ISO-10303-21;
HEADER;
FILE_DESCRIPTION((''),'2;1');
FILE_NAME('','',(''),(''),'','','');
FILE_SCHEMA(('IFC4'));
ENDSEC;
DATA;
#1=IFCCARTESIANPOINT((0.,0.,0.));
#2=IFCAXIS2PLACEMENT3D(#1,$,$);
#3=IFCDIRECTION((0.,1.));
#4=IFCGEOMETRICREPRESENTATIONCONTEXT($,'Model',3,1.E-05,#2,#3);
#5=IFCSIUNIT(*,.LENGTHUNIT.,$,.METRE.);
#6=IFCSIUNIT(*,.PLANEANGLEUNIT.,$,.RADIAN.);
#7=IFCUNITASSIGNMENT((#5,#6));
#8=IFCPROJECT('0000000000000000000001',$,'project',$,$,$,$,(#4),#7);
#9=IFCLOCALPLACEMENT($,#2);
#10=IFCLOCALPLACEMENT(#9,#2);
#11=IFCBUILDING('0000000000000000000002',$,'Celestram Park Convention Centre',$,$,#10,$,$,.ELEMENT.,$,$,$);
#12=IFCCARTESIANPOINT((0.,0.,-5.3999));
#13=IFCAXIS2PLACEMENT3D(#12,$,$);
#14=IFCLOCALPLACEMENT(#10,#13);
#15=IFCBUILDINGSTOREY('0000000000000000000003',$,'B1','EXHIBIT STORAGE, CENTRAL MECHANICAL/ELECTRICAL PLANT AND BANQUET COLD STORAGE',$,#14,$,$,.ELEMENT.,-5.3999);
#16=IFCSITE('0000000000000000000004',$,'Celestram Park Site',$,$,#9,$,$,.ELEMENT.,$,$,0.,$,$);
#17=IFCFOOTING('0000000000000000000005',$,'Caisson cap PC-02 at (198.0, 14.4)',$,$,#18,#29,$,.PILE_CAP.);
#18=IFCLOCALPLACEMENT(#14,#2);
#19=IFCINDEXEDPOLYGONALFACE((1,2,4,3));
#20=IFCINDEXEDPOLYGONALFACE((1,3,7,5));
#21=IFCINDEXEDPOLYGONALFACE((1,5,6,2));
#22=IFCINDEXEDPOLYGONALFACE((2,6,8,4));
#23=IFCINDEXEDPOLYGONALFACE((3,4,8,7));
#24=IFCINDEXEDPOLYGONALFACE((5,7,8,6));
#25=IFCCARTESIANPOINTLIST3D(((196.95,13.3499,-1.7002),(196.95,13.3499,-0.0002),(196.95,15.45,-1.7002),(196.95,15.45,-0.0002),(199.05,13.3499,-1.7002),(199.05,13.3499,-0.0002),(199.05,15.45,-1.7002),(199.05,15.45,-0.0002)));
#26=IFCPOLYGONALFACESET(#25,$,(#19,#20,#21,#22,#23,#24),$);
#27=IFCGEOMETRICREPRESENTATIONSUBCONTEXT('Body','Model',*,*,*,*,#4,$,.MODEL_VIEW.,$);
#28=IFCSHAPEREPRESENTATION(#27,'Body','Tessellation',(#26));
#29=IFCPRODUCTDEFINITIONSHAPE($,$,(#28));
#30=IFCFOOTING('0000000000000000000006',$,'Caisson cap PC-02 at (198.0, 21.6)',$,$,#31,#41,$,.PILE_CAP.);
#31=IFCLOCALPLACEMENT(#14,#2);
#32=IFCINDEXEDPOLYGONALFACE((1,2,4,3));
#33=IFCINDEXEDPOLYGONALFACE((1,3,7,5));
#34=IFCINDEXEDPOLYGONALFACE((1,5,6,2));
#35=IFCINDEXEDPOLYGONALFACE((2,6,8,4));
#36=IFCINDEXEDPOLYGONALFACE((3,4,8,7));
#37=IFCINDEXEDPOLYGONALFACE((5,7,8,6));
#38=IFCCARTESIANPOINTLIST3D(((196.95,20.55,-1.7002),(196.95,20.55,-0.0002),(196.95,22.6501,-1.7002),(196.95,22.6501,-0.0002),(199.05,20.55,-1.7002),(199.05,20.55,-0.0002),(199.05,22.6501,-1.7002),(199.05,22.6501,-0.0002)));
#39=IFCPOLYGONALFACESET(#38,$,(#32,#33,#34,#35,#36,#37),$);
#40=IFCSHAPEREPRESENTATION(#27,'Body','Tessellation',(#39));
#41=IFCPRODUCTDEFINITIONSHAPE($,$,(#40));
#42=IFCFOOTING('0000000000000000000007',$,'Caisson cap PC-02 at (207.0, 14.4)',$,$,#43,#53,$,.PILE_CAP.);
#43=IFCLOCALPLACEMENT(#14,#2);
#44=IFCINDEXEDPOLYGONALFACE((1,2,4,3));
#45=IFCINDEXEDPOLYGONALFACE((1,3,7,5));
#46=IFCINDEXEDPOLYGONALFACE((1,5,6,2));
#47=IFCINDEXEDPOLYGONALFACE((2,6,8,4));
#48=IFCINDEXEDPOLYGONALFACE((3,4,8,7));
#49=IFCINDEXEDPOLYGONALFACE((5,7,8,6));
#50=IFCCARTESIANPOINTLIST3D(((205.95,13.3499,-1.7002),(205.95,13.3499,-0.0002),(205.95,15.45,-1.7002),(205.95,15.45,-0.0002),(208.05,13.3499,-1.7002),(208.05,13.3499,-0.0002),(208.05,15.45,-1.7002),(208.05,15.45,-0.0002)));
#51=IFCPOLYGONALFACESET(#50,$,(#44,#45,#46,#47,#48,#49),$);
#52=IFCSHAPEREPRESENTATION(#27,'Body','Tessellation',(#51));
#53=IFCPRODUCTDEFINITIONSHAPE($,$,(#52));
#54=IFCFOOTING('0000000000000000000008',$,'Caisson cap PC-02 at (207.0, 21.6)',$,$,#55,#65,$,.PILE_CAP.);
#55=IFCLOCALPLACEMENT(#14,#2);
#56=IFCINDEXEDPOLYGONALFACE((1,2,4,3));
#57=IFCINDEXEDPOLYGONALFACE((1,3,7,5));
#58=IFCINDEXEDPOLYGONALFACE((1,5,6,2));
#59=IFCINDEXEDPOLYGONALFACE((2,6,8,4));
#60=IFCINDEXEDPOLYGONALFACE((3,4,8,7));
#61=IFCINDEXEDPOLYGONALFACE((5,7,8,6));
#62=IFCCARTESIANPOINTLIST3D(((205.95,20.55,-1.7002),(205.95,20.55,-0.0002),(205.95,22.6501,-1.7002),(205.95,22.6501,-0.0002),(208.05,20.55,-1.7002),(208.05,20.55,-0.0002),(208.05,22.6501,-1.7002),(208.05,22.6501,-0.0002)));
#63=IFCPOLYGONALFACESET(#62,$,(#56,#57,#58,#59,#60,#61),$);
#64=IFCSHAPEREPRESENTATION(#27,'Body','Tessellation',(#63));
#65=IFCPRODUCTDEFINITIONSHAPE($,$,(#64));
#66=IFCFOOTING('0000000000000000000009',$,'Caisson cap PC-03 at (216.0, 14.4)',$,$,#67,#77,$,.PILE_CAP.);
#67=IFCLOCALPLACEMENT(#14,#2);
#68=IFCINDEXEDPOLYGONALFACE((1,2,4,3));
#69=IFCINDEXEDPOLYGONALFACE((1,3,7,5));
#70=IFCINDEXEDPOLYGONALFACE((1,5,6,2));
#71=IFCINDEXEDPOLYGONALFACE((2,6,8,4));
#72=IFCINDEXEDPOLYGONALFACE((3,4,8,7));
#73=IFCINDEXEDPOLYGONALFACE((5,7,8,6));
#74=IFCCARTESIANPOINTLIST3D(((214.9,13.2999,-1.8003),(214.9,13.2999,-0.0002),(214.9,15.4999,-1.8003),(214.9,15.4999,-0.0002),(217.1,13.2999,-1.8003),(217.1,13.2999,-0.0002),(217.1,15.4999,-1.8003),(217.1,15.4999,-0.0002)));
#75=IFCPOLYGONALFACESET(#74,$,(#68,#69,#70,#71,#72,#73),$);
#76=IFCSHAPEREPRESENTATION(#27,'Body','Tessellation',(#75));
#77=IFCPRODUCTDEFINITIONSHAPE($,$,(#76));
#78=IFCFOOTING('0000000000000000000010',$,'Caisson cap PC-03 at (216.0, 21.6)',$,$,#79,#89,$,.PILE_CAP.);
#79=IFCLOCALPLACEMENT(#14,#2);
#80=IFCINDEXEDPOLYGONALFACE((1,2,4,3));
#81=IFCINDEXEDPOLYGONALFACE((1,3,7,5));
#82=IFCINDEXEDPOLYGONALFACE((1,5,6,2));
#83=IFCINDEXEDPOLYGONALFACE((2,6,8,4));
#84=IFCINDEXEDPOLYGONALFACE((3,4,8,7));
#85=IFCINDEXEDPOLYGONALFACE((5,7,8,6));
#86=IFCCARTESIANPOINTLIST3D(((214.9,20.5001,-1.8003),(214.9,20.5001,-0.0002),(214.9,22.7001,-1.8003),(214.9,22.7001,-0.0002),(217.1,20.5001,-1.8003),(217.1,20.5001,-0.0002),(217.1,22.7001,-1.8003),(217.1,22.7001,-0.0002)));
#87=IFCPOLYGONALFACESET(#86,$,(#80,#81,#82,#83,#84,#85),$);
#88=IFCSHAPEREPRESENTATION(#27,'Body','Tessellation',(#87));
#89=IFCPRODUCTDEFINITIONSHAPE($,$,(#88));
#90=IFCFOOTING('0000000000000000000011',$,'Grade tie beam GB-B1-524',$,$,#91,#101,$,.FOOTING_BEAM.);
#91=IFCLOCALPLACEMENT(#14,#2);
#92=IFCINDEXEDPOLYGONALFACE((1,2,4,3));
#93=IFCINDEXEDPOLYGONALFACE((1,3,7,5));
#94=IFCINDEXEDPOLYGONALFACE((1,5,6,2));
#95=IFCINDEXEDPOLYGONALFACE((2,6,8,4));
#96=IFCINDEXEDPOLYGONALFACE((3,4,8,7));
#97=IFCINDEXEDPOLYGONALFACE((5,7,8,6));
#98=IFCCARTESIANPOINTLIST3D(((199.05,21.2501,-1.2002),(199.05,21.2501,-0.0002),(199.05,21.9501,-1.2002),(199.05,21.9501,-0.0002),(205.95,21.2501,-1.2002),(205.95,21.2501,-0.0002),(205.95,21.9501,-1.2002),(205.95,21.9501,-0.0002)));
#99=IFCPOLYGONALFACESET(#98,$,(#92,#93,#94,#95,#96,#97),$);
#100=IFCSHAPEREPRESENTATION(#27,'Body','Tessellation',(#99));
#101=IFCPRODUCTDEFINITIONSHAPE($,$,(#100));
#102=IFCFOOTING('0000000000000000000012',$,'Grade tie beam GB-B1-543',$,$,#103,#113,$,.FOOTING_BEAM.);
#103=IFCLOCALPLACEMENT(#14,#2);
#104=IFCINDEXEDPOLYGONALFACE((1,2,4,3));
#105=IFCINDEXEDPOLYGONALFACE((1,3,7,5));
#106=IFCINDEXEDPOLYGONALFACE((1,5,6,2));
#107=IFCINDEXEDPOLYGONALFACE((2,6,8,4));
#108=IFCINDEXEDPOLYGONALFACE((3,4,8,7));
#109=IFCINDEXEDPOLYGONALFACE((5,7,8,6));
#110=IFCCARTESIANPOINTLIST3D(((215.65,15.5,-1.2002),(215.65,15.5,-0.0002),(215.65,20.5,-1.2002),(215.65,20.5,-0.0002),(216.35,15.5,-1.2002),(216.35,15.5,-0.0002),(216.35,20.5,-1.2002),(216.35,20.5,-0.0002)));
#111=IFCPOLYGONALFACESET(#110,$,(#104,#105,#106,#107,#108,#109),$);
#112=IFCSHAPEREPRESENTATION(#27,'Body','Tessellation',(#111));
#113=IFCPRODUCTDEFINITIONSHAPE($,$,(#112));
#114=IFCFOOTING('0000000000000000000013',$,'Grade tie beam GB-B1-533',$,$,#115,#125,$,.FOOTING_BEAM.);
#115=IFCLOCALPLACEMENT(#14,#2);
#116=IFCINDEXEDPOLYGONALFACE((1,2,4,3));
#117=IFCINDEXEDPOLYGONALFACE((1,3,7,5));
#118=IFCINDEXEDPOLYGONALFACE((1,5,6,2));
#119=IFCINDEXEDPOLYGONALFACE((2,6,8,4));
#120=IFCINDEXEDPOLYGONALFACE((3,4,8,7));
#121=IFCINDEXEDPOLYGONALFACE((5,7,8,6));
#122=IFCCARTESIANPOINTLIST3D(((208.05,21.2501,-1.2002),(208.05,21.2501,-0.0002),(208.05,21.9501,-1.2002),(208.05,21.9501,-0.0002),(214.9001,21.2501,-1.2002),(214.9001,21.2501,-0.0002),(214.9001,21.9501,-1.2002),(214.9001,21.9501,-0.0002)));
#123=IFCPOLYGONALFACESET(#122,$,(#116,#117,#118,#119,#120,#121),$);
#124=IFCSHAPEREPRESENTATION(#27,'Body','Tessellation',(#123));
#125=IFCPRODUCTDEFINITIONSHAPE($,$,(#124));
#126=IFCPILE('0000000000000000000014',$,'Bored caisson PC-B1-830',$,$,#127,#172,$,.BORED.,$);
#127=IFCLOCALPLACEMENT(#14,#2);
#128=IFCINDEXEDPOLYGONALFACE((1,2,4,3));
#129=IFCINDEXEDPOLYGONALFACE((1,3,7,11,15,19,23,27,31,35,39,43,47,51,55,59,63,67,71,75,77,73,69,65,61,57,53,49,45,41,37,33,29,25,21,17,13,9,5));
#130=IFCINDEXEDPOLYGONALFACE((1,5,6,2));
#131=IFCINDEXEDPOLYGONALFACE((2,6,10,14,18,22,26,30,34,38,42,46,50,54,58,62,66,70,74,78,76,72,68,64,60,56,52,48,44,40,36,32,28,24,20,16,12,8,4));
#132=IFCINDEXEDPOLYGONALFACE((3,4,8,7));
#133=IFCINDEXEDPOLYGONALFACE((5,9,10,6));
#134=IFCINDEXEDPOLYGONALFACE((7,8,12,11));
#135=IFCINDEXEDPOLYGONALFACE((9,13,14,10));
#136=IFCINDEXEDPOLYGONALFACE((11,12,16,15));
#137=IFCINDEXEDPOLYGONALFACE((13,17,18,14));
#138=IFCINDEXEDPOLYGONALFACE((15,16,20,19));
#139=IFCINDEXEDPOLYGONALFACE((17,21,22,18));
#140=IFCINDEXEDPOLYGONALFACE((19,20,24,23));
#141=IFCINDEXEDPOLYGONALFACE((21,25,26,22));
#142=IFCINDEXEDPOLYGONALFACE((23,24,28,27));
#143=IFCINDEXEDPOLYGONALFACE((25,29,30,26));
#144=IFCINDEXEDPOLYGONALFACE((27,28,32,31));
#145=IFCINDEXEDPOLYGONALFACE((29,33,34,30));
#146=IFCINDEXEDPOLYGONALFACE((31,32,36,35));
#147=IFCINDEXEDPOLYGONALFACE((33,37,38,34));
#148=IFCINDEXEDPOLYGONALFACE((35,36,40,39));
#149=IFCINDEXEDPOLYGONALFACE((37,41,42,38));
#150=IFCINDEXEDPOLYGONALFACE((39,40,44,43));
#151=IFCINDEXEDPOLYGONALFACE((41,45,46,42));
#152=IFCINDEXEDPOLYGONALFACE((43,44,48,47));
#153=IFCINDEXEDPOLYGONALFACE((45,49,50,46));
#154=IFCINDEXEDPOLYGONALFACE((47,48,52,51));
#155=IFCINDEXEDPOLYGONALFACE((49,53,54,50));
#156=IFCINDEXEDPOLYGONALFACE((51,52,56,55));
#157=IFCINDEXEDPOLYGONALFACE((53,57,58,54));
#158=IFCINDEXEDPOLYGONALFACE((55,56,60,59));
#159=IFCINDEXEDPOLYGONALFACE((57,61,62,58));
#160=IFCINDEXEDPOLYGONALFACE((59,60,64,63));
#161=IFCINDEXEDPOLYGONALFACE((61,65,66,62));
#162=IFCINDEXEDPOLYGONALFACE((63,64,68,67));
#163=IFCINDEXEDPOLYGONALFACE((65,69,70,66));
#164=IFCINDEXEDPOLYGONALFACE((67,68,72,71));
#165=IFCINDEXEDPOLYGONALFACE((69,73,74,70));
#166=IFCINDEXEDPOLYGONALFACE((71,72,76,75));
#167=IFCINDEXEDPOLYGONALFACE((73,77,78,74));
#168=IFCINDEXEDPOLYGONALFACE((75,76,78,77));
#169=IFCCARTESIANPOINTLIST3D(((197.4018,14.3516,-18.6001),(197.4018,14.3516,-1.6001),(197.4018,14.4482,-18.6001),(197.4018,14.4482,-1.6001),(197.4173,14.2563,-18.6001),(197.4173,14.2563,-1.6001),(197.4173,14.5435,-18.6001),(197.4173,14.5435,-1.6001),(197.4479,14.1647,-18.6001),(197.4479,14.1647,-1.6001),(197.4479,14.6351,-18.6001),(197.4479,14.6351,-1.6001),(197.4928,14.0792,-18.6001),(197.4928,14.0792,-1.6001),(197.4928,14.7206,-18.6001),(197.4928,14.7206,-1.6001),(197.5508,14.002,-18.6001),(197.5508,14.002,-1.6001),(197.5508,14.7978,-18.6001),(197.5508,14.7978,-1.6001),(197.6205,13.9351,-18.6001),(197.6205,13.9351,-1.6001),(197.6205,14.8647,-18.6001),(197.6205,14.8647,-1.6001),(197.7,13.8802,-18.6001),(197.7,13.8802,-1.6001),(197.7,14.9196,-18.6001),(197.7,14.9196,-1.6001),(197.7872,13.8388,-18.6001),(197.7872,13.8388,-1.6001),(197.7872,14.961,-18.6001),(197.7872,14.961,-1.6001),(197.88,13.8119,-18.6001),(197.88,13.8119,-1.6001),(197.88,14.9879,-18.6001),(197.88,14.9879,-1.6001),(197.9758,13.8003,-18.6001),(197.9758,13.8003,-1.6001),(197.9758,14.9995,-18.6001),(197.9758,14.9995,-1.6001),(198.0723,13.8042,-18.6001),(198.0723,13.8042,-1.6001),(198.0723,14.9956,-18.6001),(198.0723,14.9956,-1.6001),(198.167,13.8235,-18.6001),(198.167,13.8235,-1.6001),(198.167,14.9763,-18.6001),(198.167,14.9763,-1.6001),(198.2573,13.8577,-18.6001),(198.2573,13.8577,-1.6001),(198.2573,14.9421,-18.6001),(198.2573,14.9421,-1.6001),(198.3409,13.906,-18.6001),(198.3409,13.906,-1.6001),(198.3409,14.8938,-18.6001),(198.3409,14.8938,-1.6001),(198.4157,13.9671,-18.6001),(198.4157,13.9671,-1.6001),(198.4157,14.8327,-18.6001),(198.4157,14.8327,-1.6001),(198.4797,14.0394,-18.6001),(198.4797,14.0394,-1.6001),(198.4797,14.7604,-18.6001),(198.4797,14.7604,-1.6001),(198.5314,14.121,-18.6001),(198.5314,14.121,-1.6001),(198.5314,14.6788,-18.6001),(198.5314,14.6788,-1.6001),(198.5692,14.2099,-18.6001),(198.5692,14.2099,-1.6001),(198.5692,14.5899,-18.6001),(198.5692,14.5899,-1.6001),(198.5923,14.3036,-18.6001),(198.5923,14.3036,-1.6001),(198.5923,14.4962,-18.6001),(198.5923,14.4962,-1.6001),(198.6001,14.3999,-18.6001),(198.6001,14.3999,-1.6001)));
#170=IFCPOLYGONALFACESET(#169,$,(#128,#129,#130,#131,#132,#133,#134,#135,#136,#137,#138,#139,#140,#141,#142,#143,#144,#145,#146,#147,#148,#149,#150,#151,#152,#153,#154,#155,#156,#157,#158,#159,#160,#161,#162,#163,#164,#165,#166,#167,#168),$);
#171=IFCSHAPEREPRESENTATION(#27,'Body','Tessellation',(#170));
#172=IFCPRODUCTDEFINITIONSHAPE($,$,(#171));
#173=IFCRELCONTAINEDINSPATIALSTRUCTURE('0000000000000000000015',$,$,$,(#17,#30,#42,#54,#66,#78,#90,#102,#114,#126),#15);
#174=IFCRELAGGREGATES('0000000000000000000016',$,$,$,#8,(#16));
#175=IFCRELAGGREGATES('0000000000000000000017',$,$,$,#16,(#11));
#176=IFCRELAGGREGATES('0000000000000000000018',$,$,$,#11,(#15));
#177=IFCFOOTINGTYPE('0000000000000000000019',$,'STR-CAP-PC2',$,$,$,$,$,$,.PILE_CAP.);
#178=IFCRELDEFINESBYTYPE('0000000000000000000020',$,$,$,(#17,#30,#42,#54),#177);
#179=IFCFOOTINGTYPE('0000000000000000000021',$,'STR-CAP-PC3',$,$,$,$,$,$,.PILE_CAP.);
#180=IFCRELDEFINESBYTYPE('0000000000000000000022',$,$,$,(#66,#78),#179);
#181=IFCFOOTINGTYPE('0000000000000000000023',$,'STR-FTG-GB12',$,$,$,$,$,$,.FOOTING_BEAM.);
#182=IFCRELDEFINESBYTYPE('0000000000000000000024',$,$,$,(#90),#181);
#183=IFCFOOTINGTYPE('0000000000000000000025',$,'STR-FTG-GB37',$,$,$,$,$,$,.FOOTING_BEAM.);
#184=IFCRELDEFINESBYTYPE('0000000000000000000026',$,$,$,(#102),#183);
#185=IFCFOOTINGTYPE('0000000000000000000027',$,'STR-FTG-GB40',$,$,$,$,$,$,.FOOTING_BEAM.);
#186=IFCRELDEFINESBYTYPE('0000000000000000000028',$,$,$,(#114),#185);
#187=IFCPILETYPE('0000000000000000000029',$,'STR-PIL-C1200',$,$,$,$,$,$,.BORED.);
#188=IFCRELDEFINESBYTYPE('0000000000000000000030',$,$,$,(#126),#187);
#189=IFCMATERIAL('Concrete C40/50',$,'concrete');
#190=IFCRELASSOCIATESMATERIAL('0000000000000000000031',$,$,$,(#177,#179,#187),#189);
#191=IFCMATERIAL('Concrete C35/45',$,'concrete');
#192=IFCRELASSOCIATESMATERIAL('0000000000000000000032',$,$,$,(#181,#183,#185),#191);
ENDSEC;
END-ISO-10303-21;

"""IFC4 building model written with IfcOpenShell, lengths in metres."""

from ifc_helpers import new_model, si_unit, direction, frame, origin, origin_2d, place, context, subcontext, project, spatial, rectangle, circle, extrude, material, material_profile, profile_set, type_object, element, save


model = new_model("IFC4")

# Units and contexts
model_context = context("Model", 3, precision=1e-05, world=origin(), true_north=direction((0.0, 1.0)))
body_context = subcontext(model_context, "Body", "Model", "MODEL_VIEW")
ifc_project = project(units=[si_unit("LENGTHUNIT", "METRE"), si_unit("PLANEANGLEUNIT", "RADIAN")], contexts=[model_context])

# Site, building, storey
site_placement = place(None, origin())
site = spatial("IfcSite", under=ifc_project, at=site_placement, Name="Celestram Park Site", CompositionType="ELEMENT", RefElevation=0.0)
building_placement = place(site_placement, origin())
building = spatial("IfcBuilding", under=site, at=building_placement, Name="Celestram Park Convention Centre", CompositionType="ELEMENT")
storey_placement = place(building_placement, frame((0.0, 0.0, -5.3999)))
storey = spatial("IfcBuildingStorey", under=building, at=storey_placement, Name="B1", Description="EXHIBIT STORAGE, CENTRAL MECHANICAL/ELECTRICAL PLANT AND BANQUET COLD STORAGE", CompositionType="ELEMENT", Elevation=-5.3999)

# Footings
ifc_material_1 = material(Name="Concrete C40/50", Category="concrete")
footing_type_1 = type_object("IfcFootingType", Name="STR-CAP-PC2", PredefinedType="PILE_CAP", material=ifc_material_1)
for number, where, z_axis, x_axis, name in (
    (1, (198.0, 14.3999, -1.7002), (0.0, 0.0, 1.0), (1.0, 0.0, 0.0), "Caisson cap PC-02 at (198.0, 14.4)"),
    (2, (198.0, 21.6001, -1.7002), (0.0, 0.0, 1.0), (1.0, 0.0, 0.0), "Caisson cap PC-02 at (198.0, 21.6)"),
    (3, (207.0, 14.3999, -1.7002), (0.0, 0.0, 1.0), (1.0, 0.0, 0.0), "Caisson cap PC-02 at (207.0, 14.4)"),
    (4, (207.0, 21.6001, -1.7002), (0.0, 0.0, 1.0), (1.0, 0.0, 0.0), "Caisson cap PC-02 at (207.0, 21.6)"),
):
    element("IfcFooting", number, at=place(storey_placement, frame(where, z_axis=z_axis, x_axis=x_axis)), inside=storey, type_object=footing_type_1, Name=name, PredefinedType="PILE_CAP", context=body_context, shape_type="SweptSolid", body=[
        extrude(rectangle(XDim=2.1001, YDim=2.1001, at=origin_2d()), origin(), (0.0, 0.0, 1.0), 1.7),
    ])
footing_type_2 = type_object("IfcFootingType", Name="STR-CAP-PC3", PredefinedType="PILE_CAP", material=ifc_material_1)
for number, where, z_axis, x_axis, name in (
    (5, (216.0, 14.3999, -1.8003), (0.0, 0.0, 1.0), (1.0, 0.0, 0.0), "Caisson cap PC-03 at (216.0, 14.4)"),
    (6, (216.0, 21.6001, -1.8003), (0.0, 0.0, 1.0), (1.0, 0.0, 0.0), "Caisson cap PC-03 at (216.0, 21.6)"),
):
    element("IfcFooting", number, at=place(storey_placement, frame(where, z_axis=z_axis, x_axis=x_axis)), inside=storey, type_object=footing_type_2, Name=name, PredefinedType="PILE_CAP", context=body_context, shape_type="SweptSolid", body=[
        extrude(rectangle(XDim=2.2, YDim=2.2, at=origin_2d()), origin(), (0.0, 0.0, 1.0), 1.8),
    ])
ifc_material_2 = material(Name="Concrete C35/45", Category="concrete")
footing_type_3 = type_object("IfcFootingType", Name="STR-FTG-GB12", PredefinedType="FOOTING_BEAM", material=ifc_material_2)
footing_1_placement = place(storey_placement, frame((202.5, 21.6001, -1.2002), z_axis=(0.0, 0.0, 1.0), x_axis=(1.0, 0.0, 0.0)))
element("IfcFooting", 7, at=footing_1_placement, inside=storey, type_object=footing_type_3, Name="Grade tie beam GB-B1-524", PredefinedType="FOOTING_BEAM", context=body_context, shape_type="SweptSolid", body=[
    extrude(rectangle(XDim=6.8999, YDim=0.7, at=origin_2d()), origin(), (0.0, 0.0, 1.0), 1.2),
])
footing_type_4 = type_object("IfcFootingType", Name="STR-FTG-GB37", PredefinedType="FOOTING_BEAM", material=ifc_material_2)
footing_2_placement = place(storey_placement, frame((216.0, 18.0, -1.2002), z_axis=(0.0, 0.0, 1.0), x_axis=(0.0, 1.0, 0.0)))
element("IfcFooting", 8, at=footing_2_placement, inside=storey, type_object=footing_type_4, Name="Grade tie beam GB-B1-543", PredefinedType="FOOTING_BEAM", context=body_context, shape_type="SweptSolid", body=[
    extrude(rectangle(XDim=5.0, YDim=0.7, at=origin_2d()), origin(), (0.0, 0.0, 1.0), 1.2),
])
footing_type_5 = type_object("IfcFootingType", Name="STR-FTG-GB40", PredefinedType="FOOTING_BEAM", material=ifc_material_2)
footing_3_placement = place(storey_placement, frame((211.4751, 21.6001, -1.2002), z_axis=(0.0, 0.0, 1.0), x_axis=(1.0, 0.0, 0.0)))
element("IfcFooting", 9, at=footing_3_placement, inside=storey, type_object=footing_type_5, Name="Grade tie beam GB-B1-533", PredefinedType="FOOTING_BEAM", context=body_context, shape_type="SweptSolid", body=[
    extrude(rectangle(XDim=6.8501, YDim=0.7, at=origin_2d()), origin(), (0.0, 0.0, 1.0), 1.2),
])

# Pile
ifc_material_profile_1 = material_profile(ifc_material_1, circle(Radius=0.6001, at=origin_2d()), Name="CAISSON1200")
ifc_profile_set_1 = profile_set([ifc_material_profile_1], Name="Concrete C40/50")
pile_type_1 = type_object("IfcPileType", Name="STR-PIL-C1200", PredefinedType="BORED", material=ifc_profile_set_1)
for number, where, z_axis, x_axis, name in (
    (10, (198.0, 14.3999, -1.6001), (0.0, 0.0, -1.0), (1.0, 0.0, 0.0), "Bored caisson PC-B1-830"),
):
    element("IfcPile", number, at=place(storey_placement, frame(where, z_axis=z_axis, x_axis=x_axis)), inside=storey, type_object=pile_type_1, Name=name, PredefinedType="BORED", context=body_context, shape_type="SweptSolid", body=[
        extrude(circle(Radius=0.6001, at=origin_2d()), origin(), (0.0, 0.0, 1.0), 17.0),
    ])

save(model, "model.ifc")
